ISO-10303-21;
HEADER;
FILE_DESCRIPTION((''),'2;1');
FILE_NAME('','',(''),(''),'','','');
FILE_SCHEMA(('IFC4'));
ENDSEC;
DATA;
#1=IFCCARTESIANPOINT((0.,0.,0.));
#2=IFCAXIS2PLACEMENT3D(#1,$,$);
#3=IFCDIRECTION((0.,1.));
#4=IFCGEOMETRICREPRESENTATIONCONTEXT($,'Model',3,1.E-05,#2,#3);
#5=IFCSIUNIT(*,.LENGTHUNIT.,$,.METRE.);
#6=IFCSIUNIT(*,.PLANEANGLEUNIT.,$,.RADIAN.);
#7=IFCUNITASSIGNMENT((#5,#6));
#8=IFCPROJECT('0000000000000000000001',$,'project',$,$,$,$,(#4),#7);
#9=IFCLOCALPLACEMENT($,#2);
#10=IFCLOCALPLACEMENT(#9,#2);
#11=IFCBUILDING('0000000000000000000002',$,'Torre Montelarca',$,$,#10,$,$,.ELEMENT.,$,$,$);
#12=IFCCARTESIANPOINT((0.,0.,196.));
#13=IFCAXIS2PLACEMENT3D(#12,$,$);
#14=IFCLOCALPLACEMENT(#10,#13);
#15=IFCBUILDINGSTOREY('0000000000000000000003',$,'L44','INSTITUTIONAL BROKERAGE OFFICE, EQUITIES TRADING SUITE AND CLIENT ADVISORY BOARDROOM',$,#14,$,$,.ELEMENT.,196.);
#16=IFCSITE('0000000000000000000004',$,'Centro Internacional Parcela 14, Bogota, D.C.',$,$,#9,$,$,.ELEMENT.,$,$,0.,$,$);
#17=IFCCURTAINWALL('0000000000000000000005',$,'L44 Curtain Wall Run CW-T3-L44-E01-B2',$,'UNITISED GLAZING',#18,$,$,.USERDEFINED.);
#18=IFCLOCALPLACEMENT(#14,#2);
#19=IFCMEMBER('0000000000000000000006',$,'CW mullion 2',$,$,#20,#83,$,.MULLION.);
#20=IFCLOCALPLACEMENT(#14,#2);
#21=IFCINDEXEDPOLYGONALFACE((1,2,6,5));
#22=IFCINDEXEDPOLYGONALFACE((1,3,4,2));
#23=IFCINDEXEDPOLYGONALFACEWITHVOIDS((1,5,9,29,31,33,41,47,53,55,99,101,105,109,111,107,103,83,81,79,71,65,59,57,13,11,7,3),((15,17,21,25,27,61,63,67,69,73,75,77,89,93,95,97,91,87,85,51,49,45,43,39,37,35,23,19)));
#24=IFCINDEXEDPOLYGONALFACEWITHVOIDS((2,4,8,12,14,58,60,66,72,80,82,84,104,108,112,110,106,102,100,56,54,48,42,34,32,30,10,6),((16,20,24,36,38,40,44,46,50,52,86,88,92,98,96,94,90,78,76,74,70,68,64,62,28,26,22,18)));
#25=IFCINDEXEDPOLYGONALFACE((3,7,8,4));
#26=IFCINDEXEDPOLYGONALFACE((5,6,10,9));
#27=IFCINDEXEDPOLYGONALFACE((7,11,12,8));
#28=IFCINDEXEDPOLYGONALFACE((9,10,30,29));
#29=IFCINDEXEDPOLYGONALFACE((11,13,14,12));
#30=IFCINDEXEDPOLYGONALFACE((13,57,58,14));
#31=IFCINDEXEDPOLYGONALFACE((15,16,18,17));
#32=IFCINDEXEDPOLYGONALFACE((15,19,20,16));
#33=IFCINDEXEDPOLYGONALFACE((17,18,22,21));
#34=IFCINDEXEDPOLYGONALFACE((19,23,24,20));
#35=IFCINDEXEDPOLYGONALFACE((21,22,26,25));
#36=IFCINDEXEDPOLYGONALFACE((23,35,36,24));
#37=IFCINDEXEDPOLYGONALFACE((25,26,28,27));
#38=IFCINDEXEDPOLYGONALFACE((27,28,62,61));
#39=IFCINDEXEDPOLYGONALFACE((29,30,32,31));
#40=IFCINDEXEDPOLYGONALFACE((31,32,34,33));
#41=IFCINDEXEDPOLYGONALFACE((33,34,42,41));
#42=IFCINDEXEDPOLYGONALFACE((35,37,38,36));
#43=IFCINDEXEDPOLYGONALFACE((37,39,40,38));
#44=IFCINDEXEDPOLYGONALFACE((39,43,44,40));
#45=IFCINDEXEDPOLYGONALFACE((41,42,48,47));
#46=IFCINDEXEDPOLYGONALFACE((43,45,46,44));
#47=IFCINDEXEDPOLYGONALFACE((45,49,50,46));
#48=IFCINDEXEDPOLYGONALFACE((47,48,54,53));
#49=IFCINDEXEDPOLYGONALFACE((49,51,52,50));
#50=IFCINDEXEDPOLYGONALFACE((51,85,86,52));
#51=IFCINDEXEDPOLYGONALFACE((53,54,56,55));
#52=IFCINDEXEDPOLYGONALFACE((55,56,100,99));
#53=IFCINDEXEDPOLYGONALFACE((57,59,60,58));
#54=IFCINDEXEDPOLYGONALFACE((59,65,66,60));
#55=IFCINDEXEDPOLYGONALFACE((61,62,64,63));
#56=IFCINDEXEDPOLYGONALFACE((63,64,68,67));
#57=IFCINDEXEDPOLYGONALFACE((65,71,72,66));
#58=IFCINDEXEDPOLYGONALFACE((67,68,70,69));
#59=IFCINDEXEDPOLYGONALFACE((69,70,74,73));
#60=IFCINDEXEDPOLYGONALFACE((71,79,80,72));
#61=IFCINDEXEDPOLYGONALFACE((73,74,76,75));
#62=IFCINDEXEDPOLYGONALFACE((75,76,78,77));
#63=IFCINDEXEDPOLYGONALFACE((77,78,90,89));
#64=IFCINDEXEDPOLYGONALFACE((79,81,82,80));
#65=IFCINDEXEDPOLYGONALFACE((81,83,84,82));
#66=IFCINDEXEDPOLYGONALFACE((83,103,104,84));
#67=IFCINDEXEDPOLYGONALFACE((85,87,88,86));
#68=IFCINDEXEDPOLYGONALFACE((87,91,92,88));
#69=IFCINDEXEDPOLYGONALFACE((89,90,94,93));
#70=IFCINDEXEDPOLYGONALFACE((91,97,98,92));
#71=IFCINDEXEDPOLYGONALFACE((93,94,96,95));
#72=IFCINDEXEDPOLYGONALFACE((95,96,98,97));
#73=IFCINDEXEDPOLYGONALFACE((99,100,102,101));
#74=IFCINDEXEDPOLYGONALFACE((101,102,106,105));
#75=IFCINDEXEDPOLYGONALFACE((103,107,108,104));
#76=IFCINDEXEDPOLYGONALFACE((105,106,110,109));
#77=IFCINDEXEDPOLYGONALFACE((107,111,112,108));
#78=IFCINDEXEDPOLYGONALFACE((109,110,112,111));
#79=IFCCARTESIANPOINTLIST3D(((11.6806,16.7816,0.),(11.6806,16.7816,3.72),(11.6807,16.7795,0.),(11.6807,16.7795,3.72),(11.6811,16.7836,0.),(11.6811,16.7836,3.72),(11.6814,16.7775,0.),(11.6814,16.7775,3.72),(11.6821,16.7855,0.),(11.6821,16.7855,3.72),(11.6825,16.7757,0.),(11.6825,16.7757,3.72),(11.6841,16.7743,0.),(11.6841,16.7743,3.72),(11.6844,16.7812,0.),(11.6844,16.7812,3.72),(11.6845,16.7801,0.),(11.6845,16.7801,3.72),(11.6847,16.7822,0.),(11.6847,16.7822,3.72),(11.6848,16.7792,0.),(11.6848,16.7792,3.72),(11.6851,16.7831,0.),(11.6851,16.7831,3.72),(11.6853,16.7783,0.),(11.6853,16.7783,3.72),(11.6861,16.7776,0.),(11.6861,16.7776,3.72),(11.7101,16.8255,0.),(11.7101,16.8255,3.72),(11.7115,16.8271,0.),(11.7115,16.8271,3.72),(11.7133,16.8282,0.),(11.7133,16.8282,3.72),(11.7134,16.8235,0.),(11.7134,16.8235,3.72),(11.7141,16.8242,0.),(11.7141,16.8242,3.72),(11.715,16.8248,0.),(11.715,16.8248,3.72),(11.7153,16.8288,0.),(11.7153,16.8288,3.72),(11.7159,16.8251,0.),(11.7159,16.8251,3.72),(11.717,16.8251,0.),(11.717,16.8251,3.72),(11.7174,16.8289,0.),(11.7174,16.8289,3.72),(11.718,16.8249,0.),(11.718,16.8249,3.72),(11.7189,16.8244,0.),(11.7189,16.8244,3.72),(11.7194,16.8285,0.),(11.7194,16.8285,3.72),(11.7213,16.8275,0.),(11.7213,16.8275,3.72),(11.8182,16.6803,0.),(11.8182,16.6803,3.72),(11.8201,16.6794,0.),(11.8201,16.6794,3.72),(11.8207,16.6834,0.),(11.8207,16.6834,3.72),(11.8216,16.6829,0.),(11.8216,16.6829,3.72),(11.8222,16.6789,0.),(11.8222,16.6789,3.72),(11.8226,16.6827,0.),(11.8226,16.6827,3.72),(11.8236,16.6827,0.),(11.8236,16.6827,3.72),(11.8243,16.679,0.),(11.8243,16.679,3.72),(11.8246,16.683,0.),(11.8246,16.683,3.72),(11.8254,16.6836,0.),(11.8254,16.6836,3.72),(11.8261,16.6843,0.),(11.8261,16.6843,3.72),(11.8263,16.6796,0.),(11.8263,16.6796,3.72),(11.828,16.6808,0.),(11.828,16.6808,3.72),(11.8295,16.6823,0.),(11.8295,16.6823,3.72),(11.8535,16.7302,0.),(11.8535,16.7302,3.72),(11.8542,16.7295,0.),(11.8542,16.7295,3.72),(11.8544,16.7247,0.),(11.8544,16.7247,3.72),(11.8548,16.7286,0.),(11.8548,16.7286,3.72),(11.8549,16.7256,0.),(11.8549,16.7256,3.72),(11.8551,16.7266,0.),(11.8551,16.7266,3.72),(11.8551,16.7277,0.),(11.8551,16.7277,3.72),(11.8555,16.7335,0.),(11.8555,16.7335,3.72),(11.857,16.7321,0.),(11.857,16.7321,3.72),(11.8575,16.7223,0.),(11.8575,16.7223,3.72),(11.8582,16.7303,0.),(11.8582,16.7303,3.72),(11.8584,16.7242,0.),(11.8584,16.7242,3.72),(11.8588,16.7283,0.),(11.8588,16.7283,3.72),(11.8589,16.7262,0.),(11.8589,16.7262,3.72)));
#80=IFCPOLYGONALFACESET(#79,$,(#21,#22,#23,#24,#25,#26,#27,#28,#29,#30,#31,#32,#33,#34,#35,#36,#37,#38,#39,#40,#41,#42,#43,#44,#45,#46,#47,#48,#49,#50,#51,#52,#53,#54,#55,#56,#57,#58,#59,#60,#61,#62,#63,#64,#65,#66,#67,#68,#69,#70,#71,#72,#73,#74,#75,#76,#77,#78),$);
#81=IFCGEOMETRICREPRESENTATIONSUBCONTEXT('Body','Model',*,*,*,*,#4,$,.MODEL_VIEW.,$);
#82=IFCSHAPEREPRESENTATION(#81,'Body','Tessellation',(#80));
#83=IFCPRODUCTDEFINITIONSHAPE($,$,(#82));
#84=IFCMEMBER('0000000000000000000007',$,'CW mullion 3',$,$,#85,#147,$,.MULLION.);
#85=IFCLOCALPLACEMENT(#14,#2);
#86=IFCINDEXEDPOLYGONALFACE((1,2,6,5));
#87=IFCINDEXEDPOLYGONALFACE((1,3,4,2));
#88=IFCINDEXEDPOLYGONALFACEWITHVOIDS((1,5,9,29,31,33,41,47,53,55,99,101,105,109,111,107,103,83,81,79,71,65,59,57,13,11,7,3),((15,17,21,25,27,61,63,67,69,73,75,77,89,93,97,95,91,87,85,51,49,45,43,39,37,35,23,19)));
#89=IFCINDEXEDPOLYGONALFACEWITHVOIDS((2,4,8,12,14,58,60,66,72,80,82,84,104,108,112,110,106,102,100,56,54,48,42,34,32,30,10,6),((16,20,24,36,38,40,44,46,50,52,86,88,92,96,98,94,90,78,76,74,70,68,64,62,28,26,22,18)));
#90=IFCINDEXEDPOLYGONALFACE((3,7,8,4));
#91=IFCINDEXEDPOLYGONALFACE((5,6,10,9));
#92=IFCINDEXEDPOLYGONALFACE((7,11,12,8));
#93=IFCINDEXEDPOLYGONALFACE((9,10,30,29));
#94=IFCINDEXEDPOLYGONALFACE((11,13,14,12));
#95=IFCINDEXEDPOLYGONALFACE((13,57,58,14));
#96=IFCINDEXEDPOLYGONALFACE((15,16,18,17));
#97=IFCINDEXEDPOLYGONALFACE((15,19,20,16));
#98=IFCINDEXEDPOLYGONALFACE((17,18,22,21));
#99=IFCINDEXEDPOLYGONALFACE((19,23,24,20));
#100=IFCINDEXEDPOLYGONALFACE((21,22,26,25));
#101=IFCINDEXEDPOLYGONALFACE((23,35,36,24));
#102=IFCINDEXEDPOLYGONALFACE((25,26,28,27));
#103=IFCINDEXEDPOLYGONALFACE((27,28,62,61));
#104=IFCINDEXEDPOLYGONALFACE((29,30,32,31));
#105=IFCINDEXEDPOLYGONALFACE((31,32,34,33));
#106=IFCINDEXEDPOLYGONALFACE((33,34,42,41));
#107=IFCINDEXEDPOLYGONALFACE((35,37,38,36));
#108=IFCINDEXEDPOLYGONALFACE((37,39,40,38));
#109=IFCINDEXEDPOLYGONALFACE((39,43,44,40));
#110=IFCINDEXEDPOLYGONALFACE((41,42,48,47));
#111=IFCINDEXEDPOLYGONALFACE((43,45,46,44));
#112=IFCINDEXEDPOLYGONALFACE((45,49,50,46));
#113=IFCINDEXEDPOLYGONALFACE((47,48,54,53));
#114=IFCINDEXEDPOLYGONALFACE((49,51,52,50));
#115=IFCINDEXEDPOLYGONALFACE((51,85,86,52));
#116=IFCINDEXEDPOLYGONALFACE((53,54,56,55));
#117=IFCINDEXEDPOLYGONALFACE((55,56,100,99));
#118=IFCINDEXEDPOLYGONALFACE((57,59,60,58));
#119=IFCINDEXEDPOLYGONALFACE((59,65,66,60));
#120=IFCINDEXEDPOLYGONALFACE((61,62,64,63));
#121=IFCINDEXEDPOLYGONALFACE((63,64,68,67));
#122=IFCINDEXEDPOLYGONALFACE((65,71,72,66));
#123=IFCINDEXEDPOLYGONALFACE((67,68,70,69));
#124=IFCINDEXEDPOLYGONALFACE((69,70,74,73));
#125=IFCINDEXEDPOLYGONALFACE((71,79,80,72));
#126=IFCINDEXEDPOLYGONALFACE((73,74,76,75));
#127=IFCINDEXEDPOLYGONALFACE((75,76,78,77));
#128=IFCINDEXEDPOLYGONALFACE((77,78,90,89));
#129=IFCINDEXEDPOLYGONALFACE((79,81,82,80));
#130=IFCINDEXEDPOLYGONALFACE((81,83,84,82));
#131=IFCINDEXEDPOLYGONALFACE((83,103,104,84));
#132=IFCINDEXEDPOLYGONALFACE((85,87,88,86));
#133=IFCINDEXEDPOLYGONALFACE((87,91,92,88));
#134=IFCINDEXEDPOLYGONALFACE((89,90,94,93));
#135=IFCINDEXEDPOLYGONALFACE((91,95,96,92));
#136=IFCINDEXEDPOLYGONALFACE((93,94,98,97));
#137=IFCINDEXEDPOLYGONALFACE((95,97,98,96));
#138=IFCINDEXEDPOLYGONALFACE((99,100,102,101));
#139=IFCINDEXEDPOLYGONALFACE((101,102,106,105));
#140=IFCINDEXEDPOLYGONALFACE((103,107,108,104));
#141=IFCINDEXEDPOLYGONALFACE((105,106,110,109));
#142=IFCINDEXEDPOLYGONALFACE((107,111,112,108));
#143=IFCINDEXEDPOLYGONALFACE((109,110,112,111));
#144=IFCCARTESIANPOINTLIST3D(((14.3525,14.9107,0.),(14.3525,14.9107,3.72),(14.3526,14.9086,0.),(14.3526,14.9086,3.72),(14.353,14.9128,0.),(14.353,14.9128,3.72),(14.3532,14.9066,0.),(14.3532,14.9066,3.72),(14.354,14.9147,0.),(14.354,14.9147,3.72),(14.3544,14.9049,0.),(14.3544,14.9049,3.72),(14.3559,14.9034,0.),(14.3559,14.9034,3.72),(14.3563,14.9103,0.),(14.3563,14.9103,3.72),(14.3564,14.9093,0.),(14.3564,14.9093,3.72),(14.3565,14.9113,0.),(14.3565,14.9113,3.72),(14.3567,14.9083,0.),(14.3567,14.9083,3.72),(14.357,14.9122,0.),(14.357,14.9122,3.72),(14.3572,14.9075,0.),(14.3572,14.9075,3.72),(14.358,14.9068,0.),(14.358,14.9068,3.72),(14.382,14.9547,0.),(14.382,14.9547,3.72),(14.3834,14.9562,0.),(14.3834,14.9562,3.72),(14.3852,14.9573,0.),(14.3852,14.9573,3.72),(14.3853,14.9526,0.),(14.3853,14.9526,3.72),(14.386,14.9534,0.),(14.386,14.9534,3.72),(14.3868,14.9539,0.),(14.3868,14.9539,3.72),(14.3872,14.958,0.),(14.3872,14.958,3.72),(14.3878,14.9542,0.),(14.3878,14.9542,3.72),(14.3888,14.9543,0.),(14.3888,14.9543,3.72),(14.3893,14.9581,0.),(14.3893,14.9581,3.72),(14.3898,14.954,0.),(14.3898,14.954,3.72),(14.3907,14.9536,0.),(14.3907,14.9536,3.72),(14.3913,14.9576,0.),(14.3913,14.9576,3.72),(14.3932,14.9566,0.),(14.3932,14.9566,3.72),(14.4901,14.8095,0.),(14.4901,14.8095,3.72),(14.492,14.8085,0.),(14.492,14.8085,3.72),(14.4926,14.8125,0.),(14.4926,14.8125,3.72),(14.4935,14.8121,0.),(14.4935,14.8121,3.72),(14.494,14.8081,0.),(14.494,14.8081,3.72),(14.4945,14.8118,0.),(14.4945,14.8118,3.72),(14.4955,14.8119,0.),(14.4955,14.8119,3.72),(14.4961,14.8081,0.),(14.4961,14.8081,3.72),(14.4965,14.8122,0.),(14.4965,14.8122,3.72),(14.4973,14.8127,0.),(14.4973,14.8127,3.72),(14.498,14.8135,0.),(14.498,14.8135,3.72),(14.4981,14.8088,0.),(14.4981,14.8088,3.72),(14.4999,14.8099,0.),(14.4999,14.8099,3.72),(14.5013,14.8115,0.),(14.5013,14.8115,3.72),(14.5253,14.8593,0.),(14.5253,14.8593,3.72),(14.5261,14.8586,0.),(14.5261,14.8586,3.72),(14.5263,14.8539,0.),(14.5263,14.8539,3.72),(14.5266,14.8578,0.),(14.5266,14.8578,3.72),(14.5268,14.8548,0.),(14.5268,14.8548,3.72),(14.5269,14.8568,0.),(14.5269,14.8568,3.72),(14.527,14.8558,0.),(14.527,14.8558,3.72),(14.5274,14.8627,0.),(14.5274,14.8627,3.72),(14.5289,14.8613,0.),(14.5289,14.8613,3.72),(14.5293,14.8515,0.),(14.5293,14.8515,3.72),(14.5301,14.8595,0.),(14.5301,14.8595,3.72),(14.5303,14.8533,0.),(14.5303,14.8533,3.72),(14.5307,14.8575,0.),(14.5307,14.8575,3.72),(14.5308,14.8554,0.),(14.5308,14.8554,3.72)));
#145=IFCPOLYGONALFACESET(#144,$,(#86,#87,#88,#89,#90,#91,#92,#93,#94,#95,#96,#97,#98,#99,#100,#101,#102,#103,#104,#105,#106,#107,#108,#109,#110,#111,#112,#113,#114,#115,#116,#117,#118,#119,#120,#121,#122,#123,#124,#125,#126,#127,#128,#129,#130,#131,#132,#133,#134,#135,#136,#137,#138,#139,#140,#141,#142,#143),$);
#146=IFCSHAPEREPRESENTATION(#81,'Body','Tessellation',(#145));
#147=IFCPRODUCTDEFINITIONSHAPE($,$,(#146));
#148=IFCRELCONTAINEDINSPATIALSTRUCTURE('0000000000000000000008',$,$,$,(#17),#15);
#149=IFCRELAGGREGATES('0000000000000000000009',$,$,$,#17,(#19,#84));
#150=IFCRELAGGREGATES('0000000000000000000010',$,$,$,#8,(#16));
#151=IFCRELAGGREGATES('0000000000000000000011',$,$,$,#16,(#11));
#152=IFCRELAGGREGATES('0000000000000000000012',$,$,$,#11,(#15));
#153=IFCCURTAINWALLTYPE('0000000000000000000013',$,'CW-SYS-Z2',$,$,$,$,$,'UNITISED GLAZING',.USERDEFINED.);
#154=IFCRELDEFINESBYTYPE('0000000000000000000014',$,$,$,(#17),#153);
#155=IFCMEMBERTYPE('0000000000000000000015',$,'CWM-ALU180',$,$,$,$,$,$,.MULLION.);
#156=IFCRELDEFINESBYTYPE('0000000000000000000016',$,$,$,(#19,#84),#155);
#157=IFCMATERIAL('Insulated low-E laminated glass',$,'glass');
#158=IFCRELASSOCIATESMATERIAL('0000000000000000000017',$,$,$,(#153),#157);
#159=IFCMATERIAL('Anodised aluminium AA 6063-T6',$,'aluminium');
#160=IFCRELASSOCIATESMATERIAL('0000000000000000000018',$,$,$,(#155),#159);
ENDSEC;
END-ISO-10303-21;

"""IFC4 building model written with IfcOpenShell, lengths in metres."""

from ifc_helpers import new_model, si_unit, direction, frame, origin, origin_2d, place, context, subcontext, project, spatial, hollow_rectangle, extrude, source, transform, mapped, material, material_profile, profile_set, type_object, element, aggregate, save


model = new_model("IFC4")

# Units and contexts
model_context = context("Model", 3, precision=1e-05, world=origin(), true_north=direction((0.0, 1.0)))
body_context = subcontext(model_context, "Body", "Model", "MODEL_VIEW")
ifc_project = project(units=[si_unit("LENGTHUNIT", "METRE"), si_unit("PLANEANGLEUNIT", "RADIAN")], contexts=[model_context])

# Site, building, storey
site_placement = place(None, origin())
site = spatial("IfcSite", under=ifc_project, at=site_placement, Name="Centro Internacional Parcela 14, Bogota, D.C.", CompositionType="ELEMENT", RefElevation=0.0)
building_placement = place(site_placement, origin())
building = spatial("IfcBuilding", under=site, at=building_placement, Name="Torre Montelarca", CompositionType="ELEMENT")
storey_placement = place(building_placement, frame((0.0, 0.0, 196.0)))
storey = spatial("IfcBuildingStorey", under=building, at=storey_placement, Name="L44", Description="INSTITUTIONAL BROKERAGE OFFICE, EQUITIES TRADING SUITE AND CLIENT ADVISORY BOARDROOM", CompositionType="ELEMENT", Elevation=196.0)

# Curtain wall, members
ifc_material_1 = material(Name="Insulated low-E laminated glass", Category="glass")
curtain_wall_type = type_object("IfcCurtainWallType", Name="CW-SYS-Z2", ElementType="UNITISED GLAZING", PredefinedType="USERDEFINED", material=ifc_material_1)
ifc_material_2 = material(Name="Anodised aluminium AA 6063-T6", Category="aluminium")
curtain_wall_1_placement = place(storey_placement, origin())
curtain_wall_1 = element("IfcCurtainWall", 1, at=curtain_wall_1_placement, inside=storey, type_object=curtain_wall_type, Name="L44 Curtain Wall Run CW-T3-L44-E01-B2", ObjectType="UNITISED GLAZING", PredefinedType="USERDEFINED")
ifc_material_profile_1 = material_profile(ifc_material_2, hollow_rectangle(XDim=0.0649, YDim=0.1799, WallThickness=0.0039, InnerFilletRadius=0.0039, OuterFilletRadius=0.0081, at=origin_2d()), Name="ALU65X180X4", Category="aluminium")
ifc_profile_set_1 = profile_set([ifc_material_profile_1], Name="Anodised aluminium AA 6063-T6")
member_type_1 = type_object("IfcMemberType", Name="CWM-ALU180", PredefinedType="MULLION", material=ifc_profile_set_1)
shared_shape_1 = source(origin(), body_context, "Body", "SweptSolid", [
    extrude(hollow_rectangle(XDim=0.0649, YDim=0.1799, WallThickness=0.0039, InnerFilletRadius=0.0039, OuterFilletRadius=0.0081, at=origin_2d()), origin(), (0.0, 0.0, 1.0), 3.72),
])
member_1_placement = place(storey_placement, frame((11.7698, 16.7539, 0.0), z_axis=(0.0, 0.0, 1.0), x_axis=(0.573571, 0.819156, 0.0)))
member_1 = element("IfcMember", 2, at=member_1_placement, type_object=member_type_1, Name="CW mullion 2", PredefinedType="MULLION", context=body_context, shape_type="MappedRepresentation", body=[
    mapped(shared_shape_1, transform((0.0, 0.0, 0.0), scale=1.0)),
])
member_2_placement = place(storey_placement, frame((14.4417, 14.8831, 0.0), z_axis=(0.0, 0.0, 1.0), x_axis=(0.573571, 0.819156, 0.0)))
member_2 = element("IfcMember", 3, at=member_2_placement, type_object=member_type_1, Name="CW mullion 3", PredefinedType="MULLION", context=body_context, shape_type="MappedRepresentation", body=[
    mapped(shared_shape_1, transform((0.0, 0.0, 0.0), scale=1.0)),
])

aggregate(curtain_wall_1, [member_1, member_2])

save(model, "model.ifc")
